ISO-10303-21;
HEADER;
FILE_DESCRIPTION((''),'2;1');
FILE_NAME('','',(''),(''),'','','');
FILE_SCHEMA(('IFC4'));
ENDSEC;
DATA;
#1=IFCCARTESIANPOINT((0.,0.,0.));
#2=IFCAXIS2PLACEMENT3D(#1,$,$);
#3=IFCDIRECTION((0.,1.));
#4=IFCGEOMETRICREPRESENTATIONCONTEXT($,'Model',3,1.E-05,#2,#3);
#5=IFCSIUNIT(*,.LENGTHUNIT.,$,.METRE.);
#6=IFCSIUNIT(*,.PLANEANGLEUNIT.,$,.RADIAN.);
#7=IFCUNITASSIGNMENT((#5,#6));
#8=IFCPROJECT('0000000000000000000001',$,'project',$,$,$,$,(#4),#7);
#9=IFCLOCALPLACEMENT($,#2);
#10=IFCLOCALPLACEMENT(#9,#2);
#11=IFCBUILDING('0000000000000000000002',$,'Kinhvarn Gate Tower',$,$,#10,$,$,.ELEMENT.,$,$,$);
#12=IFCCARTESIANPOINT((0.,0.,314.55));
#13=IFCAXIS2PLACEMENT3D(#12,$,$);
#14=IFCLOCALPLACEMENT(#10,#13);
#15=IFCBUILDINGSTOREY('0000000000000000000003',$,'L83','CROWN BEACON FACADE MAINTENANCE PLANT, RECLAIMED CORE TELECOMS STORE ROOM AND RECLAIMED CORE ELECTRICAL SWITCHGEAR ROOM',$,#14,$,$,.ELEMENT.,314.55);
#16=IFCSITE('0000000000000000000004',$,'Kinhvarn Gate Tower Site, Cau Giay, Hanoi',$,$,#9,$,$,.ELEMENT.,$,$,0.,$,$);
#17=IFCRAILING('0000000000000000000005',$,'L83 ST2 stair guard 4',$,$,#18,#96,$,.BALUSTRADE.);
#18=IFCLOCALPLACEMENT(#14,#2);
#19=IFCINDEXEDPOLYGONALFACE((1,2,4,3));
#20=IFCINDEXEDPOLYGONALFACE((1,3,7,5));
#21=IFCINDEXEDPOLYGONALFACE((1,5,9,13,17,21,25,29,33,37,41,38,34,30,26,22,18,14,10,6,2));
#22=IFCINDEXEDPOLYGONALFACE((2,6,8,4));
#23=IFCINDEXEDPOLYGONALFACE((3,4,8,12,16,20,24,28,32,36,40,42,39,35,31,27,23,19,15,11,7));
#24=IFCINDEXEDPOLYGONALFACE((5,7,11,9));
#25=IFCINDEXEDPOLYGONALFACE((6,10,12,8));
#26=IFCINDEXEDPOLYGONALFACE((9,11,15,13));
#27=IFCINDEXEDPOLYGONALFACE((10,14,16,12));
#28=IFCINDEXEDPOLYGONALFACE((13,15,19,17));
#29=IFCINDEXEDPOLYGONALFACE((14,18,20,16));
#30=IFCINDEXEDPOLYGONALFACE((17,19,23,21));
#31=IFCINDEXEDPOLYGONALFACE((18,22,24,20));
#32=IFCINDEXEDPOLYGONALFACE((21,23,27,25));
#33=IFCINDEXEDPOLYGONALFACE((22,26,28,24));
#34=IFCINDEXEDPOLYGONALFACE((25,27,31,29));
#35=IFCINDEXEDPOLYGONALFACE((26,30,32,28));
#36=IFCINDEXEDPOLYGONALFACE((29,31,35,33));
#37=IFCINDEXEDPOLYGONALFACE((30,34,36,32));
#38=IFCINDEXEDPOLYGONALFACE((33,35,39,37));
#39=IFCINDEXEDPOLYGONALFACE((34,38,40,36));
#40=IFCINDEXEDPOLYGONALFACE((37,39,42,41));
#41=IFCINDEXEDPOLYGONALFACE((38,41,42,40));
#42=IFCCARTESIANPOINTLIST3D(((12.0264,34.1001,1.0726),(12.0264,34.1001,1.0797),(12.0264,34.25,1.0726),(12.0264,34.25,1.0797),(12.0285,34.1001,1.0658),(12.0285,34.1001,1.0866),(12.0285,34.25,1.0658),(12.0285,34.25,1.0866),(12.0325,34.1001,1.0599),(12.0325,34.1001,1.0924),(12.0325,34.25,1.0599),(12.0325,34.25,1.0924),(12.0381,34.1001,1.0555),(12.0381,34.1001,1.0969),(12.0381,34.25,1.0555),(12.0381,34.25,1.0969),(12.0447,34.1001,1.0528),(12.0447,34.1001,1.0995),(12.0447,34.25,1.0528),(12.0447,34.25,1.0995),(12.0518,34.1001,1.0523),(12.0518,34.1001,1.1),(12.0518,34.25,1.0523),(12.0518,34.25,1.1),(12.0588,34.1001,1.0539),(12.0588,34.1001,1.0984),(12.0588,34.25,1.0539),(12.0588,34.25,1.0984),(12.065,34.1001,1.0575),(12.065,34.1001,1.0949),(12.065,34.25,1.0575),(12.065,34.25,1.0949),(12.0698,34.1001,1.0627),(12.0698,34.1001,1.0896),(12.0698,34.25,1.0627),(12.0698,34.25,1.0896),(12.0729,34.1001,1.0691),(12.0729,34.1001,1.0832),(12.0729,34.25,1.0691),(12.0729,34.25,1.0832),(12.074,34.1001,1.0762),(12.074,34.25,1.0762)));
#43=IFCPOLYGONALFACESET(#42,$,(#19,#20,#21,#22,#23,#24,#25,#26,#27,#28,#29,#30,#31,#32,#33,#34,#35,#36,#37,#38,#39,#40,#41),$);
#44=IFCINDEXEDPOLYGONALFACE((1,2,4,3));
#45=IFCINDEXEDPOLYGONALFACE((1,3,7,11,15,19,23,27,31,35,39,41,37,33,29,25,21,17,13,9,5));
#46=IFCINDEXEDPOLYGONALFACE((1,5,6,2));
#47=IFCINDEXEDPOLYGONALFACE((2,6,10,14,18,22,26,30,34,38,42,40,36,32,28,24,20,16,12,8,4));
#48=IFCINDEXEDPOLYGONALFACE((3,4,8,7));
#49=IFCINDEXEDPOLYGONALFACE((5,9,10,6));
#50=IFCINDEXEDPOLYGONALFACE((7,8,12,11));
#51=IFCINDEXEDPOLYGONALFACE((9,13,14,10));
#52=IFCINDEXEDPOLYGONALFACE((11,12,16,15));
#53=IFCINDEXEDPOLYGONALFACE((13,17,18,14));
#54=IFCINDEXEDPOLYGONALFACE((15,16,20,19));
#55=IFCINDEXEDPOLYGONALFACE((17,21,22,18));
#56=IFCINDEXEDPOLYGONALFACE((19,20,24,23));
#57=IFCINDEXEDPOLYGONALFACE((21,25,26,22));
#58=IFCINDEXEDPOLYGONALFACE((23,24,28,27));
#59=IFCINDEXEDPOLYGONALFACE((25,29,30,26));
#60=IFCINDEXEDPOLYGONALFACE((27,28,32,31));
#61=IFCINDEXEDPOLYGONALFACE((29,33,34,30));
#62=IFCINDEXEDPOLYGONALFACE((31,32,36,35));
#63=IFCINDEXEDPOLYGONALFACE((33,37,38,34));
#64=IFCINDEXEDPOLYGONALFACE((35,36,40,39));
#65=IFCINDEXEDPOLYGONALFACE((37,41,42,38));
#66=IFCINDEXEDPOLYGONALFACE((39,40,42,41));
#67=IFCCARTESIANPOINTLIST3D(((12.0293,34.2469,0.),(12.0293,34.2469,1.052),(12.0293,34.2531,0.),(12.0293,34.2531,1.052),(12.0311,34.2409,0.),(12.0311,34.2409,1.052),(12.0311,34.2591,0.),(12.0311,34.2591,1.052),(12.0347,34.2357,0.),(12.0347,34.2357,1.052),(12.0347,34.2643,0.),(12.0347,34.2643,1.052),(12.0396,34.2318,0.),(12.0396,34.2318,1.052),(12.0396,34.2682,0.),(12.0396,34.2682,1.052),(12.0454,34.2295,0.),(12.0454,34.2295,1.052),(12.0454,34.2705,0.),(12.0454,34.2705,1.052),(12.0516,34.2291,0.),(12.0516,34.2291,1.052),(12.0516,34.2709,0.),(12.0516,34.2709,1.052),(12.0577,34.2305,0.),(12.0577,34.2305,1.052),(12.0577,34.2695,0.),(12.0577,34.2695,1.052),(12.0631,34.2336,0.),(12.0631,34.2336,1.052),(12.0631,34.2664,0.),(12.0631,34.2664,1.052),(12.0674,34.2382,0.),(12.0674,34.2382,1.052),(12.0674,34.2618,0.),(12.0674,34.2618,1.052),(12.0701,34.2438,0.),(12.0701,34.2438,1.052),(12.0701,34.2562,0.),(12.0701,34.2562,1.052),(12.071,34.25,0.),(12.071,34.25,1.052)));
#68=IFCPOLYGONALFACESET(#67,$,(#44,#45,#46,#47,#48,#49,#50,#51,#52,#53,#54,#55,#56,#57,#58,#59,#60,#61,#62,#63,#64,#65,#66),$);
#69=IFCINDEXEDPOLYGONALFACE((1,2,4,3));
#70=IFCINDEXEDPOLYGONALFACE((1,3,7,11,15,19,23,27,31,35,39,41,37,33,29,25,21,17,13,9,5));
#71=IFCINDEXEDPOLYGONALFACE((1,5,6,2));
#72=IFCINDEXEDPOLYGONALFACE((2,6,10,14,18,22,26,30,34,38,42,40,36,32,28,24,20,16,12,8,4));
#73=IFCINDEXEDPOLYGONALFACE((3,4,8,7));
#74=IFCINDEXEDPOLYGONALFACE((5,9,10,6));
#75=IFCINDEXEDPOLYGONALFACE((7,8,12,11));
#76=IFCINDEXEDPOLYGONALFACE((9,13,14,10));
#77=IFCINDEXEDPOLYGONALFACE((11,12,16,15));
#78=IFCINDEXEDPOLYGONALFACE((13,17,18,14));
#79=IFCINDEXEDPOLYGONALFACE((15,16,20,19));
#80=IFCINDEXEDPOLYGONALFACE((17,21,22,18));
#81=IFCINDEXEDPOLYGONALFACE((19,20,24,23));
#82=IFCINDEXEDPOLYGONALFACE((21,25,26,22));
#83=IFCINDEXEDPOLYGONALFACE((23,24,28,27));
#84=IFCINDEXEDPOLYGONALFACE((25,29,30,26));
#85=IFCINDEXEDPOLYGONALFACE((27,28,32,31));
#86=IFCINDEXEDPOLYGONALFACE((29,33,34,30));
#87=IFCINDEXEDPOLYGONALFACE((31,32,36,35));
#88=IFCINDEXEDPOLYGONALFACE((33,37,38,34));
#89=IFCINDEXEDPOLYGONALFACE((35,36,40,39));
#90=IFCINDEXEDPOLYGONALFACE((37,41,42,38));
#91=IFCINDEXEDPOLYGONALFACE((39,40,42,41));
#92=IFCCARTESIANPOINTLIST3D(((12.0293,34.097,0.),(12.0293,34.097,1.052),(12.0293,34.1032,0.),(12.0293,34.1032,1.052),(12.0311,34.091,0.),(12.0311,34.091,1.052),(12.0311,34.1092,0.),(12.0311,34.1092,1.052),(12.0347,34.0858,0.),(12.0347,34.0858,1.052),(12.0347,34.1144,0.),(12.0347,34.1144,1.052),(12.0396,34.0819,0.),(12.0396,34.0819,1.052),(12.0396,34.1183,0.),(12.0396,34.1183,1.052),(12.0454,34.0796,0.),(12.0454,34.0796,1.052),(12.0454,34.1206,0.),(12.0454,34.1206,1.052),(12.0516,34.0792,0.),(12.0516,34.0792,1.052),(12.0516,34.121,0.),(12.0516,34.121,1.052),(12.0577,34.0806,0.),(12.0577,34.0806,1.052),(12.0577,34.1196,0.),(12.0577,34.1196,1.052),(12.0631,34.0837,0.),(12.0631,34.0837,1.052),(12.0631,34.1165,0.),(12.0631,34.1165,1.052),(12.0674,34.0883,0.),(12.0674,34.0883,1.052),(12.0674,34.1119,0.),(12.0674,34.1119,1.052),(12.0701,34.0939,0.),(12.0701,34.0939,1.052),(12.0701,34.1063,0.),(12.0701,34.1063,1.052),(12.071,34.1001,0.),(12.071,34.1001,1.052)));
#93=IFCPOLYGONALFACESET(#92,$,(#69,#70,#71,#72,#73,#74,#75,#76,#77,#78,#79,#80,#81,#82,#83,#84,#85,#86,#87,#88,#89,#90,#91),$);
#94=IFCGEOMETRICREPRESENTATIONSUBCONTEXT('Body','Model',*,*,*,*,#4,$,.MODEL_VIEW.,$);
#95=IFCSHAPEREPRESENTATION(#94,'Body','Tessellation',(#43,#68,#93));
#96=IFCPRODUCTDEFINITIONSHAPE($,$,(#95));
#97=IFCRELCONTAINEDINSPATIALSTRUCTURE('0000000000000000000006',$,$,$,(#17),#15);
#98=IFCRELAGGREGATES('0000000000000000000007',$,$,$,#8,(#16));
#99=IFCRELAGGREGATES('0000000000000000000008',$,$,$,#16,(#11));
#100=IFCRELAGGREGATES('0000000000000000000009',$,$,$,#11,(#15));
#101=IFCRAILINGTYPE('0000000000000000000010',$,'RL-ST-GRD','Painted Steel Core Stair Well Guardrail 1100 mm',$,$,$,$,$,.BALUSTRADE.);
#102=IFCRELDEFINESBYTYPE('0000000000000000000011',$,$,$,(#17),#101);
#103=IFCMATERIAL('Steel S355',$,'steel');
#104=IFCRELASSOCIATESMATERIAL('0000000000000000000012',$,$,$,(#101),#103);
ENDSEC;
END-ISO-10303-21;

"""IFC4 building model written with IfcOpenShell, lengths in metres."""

from ifc_helpers import new_model, si_unit, direction, frame, origin, origin_2d, place, context, subcontext, project, spatial, circle, extrude, material, type_object, element, save


model = new_model("IFC4")

# Units and contexts
model_context = context("Model", 3, precision=1e-05, world=origin(), true_north=direction((0.0, 1.0)))
body_context = subcontext(model_context, "Body", "Model", "MODEL_VIEW")
ifc_project = project(units=[si_unit("LENGTHUNIT", "METRE"), si_unit("PLANEANGLEUNIT", "RADIAN")], contexts=[model_context])

# Site, building, storey
site_placement = place(None, origin())
site = spatial("IfcSite", under=ifc_project, at=site_placement, Name="Kinhvarn Gate Tower Site, Cau Giay, Hanoi", CompositionType="ELEMENT", RefElevation=0.0)
building_placement = place(site_placement, origin())
building = spatial("IfcBuilding", under=site, at=building_placement, Name="Kinhvarn Gate Tower", CompositionType="ELEMENT")
storey_placement = place(building_placement, frame((0.0, 0.0, 314.55)))
storey = spatial("IfcBuildingStorey", under=building, at=storey_placement, Name="L83", Description="CROWN BEACON FACADE MAINTENANCE PLANT, RECLAIMED CORE TELECOMS STORE ROOM AND RECLAIMED CORE ELECTRICAL SWITCHGEAR ROOM", CompositionType="ELEMENT", Elevation=314.55)

# Railing
ifc_material_1 = material(Name="Steel S355", Category="steel")
railing_type_1 = type_object("IfcRailingType", Name="RL-ST-GRD", Description="Painted Steel Core Stair Well Guardrail 1100 mm", PredefinedType="BALUSTRADE", material=ifc_material_1)
railing_1_placement = place(storey_placement, frame((12.05, 34.25, 0.0)))
element("IfcRailing", 1, at=railing_1_placement, inside=storey, type_object=railing_type_1, Name="L83 ST2 stair guard 4", PredefinedType="BALUSTRADE", context=body_context, shape_type="SweptSolid", body=[
    extrude(circle(Radius=0.0239, at=origin_2d()), frame((0.0, 0.0, 1.0762), z_axis=(0.0, -1.0, 0.0), x_axis=(1.0, 0.0, 0.0)), (0.0, 0.0, 1.0), 0.1499),
    extrude(circle(Radius=0.021, at=origin_2d()), origin(), (0.0, 0.0, 1.0), 1.052),
    extrude(circle(Radius=0.021, at=origin_2d()), frame((0.0, -0.1499, 0.0)), (0.0, 0.0, 1.0), 1.052),
])

save(model, "model.ifc")
